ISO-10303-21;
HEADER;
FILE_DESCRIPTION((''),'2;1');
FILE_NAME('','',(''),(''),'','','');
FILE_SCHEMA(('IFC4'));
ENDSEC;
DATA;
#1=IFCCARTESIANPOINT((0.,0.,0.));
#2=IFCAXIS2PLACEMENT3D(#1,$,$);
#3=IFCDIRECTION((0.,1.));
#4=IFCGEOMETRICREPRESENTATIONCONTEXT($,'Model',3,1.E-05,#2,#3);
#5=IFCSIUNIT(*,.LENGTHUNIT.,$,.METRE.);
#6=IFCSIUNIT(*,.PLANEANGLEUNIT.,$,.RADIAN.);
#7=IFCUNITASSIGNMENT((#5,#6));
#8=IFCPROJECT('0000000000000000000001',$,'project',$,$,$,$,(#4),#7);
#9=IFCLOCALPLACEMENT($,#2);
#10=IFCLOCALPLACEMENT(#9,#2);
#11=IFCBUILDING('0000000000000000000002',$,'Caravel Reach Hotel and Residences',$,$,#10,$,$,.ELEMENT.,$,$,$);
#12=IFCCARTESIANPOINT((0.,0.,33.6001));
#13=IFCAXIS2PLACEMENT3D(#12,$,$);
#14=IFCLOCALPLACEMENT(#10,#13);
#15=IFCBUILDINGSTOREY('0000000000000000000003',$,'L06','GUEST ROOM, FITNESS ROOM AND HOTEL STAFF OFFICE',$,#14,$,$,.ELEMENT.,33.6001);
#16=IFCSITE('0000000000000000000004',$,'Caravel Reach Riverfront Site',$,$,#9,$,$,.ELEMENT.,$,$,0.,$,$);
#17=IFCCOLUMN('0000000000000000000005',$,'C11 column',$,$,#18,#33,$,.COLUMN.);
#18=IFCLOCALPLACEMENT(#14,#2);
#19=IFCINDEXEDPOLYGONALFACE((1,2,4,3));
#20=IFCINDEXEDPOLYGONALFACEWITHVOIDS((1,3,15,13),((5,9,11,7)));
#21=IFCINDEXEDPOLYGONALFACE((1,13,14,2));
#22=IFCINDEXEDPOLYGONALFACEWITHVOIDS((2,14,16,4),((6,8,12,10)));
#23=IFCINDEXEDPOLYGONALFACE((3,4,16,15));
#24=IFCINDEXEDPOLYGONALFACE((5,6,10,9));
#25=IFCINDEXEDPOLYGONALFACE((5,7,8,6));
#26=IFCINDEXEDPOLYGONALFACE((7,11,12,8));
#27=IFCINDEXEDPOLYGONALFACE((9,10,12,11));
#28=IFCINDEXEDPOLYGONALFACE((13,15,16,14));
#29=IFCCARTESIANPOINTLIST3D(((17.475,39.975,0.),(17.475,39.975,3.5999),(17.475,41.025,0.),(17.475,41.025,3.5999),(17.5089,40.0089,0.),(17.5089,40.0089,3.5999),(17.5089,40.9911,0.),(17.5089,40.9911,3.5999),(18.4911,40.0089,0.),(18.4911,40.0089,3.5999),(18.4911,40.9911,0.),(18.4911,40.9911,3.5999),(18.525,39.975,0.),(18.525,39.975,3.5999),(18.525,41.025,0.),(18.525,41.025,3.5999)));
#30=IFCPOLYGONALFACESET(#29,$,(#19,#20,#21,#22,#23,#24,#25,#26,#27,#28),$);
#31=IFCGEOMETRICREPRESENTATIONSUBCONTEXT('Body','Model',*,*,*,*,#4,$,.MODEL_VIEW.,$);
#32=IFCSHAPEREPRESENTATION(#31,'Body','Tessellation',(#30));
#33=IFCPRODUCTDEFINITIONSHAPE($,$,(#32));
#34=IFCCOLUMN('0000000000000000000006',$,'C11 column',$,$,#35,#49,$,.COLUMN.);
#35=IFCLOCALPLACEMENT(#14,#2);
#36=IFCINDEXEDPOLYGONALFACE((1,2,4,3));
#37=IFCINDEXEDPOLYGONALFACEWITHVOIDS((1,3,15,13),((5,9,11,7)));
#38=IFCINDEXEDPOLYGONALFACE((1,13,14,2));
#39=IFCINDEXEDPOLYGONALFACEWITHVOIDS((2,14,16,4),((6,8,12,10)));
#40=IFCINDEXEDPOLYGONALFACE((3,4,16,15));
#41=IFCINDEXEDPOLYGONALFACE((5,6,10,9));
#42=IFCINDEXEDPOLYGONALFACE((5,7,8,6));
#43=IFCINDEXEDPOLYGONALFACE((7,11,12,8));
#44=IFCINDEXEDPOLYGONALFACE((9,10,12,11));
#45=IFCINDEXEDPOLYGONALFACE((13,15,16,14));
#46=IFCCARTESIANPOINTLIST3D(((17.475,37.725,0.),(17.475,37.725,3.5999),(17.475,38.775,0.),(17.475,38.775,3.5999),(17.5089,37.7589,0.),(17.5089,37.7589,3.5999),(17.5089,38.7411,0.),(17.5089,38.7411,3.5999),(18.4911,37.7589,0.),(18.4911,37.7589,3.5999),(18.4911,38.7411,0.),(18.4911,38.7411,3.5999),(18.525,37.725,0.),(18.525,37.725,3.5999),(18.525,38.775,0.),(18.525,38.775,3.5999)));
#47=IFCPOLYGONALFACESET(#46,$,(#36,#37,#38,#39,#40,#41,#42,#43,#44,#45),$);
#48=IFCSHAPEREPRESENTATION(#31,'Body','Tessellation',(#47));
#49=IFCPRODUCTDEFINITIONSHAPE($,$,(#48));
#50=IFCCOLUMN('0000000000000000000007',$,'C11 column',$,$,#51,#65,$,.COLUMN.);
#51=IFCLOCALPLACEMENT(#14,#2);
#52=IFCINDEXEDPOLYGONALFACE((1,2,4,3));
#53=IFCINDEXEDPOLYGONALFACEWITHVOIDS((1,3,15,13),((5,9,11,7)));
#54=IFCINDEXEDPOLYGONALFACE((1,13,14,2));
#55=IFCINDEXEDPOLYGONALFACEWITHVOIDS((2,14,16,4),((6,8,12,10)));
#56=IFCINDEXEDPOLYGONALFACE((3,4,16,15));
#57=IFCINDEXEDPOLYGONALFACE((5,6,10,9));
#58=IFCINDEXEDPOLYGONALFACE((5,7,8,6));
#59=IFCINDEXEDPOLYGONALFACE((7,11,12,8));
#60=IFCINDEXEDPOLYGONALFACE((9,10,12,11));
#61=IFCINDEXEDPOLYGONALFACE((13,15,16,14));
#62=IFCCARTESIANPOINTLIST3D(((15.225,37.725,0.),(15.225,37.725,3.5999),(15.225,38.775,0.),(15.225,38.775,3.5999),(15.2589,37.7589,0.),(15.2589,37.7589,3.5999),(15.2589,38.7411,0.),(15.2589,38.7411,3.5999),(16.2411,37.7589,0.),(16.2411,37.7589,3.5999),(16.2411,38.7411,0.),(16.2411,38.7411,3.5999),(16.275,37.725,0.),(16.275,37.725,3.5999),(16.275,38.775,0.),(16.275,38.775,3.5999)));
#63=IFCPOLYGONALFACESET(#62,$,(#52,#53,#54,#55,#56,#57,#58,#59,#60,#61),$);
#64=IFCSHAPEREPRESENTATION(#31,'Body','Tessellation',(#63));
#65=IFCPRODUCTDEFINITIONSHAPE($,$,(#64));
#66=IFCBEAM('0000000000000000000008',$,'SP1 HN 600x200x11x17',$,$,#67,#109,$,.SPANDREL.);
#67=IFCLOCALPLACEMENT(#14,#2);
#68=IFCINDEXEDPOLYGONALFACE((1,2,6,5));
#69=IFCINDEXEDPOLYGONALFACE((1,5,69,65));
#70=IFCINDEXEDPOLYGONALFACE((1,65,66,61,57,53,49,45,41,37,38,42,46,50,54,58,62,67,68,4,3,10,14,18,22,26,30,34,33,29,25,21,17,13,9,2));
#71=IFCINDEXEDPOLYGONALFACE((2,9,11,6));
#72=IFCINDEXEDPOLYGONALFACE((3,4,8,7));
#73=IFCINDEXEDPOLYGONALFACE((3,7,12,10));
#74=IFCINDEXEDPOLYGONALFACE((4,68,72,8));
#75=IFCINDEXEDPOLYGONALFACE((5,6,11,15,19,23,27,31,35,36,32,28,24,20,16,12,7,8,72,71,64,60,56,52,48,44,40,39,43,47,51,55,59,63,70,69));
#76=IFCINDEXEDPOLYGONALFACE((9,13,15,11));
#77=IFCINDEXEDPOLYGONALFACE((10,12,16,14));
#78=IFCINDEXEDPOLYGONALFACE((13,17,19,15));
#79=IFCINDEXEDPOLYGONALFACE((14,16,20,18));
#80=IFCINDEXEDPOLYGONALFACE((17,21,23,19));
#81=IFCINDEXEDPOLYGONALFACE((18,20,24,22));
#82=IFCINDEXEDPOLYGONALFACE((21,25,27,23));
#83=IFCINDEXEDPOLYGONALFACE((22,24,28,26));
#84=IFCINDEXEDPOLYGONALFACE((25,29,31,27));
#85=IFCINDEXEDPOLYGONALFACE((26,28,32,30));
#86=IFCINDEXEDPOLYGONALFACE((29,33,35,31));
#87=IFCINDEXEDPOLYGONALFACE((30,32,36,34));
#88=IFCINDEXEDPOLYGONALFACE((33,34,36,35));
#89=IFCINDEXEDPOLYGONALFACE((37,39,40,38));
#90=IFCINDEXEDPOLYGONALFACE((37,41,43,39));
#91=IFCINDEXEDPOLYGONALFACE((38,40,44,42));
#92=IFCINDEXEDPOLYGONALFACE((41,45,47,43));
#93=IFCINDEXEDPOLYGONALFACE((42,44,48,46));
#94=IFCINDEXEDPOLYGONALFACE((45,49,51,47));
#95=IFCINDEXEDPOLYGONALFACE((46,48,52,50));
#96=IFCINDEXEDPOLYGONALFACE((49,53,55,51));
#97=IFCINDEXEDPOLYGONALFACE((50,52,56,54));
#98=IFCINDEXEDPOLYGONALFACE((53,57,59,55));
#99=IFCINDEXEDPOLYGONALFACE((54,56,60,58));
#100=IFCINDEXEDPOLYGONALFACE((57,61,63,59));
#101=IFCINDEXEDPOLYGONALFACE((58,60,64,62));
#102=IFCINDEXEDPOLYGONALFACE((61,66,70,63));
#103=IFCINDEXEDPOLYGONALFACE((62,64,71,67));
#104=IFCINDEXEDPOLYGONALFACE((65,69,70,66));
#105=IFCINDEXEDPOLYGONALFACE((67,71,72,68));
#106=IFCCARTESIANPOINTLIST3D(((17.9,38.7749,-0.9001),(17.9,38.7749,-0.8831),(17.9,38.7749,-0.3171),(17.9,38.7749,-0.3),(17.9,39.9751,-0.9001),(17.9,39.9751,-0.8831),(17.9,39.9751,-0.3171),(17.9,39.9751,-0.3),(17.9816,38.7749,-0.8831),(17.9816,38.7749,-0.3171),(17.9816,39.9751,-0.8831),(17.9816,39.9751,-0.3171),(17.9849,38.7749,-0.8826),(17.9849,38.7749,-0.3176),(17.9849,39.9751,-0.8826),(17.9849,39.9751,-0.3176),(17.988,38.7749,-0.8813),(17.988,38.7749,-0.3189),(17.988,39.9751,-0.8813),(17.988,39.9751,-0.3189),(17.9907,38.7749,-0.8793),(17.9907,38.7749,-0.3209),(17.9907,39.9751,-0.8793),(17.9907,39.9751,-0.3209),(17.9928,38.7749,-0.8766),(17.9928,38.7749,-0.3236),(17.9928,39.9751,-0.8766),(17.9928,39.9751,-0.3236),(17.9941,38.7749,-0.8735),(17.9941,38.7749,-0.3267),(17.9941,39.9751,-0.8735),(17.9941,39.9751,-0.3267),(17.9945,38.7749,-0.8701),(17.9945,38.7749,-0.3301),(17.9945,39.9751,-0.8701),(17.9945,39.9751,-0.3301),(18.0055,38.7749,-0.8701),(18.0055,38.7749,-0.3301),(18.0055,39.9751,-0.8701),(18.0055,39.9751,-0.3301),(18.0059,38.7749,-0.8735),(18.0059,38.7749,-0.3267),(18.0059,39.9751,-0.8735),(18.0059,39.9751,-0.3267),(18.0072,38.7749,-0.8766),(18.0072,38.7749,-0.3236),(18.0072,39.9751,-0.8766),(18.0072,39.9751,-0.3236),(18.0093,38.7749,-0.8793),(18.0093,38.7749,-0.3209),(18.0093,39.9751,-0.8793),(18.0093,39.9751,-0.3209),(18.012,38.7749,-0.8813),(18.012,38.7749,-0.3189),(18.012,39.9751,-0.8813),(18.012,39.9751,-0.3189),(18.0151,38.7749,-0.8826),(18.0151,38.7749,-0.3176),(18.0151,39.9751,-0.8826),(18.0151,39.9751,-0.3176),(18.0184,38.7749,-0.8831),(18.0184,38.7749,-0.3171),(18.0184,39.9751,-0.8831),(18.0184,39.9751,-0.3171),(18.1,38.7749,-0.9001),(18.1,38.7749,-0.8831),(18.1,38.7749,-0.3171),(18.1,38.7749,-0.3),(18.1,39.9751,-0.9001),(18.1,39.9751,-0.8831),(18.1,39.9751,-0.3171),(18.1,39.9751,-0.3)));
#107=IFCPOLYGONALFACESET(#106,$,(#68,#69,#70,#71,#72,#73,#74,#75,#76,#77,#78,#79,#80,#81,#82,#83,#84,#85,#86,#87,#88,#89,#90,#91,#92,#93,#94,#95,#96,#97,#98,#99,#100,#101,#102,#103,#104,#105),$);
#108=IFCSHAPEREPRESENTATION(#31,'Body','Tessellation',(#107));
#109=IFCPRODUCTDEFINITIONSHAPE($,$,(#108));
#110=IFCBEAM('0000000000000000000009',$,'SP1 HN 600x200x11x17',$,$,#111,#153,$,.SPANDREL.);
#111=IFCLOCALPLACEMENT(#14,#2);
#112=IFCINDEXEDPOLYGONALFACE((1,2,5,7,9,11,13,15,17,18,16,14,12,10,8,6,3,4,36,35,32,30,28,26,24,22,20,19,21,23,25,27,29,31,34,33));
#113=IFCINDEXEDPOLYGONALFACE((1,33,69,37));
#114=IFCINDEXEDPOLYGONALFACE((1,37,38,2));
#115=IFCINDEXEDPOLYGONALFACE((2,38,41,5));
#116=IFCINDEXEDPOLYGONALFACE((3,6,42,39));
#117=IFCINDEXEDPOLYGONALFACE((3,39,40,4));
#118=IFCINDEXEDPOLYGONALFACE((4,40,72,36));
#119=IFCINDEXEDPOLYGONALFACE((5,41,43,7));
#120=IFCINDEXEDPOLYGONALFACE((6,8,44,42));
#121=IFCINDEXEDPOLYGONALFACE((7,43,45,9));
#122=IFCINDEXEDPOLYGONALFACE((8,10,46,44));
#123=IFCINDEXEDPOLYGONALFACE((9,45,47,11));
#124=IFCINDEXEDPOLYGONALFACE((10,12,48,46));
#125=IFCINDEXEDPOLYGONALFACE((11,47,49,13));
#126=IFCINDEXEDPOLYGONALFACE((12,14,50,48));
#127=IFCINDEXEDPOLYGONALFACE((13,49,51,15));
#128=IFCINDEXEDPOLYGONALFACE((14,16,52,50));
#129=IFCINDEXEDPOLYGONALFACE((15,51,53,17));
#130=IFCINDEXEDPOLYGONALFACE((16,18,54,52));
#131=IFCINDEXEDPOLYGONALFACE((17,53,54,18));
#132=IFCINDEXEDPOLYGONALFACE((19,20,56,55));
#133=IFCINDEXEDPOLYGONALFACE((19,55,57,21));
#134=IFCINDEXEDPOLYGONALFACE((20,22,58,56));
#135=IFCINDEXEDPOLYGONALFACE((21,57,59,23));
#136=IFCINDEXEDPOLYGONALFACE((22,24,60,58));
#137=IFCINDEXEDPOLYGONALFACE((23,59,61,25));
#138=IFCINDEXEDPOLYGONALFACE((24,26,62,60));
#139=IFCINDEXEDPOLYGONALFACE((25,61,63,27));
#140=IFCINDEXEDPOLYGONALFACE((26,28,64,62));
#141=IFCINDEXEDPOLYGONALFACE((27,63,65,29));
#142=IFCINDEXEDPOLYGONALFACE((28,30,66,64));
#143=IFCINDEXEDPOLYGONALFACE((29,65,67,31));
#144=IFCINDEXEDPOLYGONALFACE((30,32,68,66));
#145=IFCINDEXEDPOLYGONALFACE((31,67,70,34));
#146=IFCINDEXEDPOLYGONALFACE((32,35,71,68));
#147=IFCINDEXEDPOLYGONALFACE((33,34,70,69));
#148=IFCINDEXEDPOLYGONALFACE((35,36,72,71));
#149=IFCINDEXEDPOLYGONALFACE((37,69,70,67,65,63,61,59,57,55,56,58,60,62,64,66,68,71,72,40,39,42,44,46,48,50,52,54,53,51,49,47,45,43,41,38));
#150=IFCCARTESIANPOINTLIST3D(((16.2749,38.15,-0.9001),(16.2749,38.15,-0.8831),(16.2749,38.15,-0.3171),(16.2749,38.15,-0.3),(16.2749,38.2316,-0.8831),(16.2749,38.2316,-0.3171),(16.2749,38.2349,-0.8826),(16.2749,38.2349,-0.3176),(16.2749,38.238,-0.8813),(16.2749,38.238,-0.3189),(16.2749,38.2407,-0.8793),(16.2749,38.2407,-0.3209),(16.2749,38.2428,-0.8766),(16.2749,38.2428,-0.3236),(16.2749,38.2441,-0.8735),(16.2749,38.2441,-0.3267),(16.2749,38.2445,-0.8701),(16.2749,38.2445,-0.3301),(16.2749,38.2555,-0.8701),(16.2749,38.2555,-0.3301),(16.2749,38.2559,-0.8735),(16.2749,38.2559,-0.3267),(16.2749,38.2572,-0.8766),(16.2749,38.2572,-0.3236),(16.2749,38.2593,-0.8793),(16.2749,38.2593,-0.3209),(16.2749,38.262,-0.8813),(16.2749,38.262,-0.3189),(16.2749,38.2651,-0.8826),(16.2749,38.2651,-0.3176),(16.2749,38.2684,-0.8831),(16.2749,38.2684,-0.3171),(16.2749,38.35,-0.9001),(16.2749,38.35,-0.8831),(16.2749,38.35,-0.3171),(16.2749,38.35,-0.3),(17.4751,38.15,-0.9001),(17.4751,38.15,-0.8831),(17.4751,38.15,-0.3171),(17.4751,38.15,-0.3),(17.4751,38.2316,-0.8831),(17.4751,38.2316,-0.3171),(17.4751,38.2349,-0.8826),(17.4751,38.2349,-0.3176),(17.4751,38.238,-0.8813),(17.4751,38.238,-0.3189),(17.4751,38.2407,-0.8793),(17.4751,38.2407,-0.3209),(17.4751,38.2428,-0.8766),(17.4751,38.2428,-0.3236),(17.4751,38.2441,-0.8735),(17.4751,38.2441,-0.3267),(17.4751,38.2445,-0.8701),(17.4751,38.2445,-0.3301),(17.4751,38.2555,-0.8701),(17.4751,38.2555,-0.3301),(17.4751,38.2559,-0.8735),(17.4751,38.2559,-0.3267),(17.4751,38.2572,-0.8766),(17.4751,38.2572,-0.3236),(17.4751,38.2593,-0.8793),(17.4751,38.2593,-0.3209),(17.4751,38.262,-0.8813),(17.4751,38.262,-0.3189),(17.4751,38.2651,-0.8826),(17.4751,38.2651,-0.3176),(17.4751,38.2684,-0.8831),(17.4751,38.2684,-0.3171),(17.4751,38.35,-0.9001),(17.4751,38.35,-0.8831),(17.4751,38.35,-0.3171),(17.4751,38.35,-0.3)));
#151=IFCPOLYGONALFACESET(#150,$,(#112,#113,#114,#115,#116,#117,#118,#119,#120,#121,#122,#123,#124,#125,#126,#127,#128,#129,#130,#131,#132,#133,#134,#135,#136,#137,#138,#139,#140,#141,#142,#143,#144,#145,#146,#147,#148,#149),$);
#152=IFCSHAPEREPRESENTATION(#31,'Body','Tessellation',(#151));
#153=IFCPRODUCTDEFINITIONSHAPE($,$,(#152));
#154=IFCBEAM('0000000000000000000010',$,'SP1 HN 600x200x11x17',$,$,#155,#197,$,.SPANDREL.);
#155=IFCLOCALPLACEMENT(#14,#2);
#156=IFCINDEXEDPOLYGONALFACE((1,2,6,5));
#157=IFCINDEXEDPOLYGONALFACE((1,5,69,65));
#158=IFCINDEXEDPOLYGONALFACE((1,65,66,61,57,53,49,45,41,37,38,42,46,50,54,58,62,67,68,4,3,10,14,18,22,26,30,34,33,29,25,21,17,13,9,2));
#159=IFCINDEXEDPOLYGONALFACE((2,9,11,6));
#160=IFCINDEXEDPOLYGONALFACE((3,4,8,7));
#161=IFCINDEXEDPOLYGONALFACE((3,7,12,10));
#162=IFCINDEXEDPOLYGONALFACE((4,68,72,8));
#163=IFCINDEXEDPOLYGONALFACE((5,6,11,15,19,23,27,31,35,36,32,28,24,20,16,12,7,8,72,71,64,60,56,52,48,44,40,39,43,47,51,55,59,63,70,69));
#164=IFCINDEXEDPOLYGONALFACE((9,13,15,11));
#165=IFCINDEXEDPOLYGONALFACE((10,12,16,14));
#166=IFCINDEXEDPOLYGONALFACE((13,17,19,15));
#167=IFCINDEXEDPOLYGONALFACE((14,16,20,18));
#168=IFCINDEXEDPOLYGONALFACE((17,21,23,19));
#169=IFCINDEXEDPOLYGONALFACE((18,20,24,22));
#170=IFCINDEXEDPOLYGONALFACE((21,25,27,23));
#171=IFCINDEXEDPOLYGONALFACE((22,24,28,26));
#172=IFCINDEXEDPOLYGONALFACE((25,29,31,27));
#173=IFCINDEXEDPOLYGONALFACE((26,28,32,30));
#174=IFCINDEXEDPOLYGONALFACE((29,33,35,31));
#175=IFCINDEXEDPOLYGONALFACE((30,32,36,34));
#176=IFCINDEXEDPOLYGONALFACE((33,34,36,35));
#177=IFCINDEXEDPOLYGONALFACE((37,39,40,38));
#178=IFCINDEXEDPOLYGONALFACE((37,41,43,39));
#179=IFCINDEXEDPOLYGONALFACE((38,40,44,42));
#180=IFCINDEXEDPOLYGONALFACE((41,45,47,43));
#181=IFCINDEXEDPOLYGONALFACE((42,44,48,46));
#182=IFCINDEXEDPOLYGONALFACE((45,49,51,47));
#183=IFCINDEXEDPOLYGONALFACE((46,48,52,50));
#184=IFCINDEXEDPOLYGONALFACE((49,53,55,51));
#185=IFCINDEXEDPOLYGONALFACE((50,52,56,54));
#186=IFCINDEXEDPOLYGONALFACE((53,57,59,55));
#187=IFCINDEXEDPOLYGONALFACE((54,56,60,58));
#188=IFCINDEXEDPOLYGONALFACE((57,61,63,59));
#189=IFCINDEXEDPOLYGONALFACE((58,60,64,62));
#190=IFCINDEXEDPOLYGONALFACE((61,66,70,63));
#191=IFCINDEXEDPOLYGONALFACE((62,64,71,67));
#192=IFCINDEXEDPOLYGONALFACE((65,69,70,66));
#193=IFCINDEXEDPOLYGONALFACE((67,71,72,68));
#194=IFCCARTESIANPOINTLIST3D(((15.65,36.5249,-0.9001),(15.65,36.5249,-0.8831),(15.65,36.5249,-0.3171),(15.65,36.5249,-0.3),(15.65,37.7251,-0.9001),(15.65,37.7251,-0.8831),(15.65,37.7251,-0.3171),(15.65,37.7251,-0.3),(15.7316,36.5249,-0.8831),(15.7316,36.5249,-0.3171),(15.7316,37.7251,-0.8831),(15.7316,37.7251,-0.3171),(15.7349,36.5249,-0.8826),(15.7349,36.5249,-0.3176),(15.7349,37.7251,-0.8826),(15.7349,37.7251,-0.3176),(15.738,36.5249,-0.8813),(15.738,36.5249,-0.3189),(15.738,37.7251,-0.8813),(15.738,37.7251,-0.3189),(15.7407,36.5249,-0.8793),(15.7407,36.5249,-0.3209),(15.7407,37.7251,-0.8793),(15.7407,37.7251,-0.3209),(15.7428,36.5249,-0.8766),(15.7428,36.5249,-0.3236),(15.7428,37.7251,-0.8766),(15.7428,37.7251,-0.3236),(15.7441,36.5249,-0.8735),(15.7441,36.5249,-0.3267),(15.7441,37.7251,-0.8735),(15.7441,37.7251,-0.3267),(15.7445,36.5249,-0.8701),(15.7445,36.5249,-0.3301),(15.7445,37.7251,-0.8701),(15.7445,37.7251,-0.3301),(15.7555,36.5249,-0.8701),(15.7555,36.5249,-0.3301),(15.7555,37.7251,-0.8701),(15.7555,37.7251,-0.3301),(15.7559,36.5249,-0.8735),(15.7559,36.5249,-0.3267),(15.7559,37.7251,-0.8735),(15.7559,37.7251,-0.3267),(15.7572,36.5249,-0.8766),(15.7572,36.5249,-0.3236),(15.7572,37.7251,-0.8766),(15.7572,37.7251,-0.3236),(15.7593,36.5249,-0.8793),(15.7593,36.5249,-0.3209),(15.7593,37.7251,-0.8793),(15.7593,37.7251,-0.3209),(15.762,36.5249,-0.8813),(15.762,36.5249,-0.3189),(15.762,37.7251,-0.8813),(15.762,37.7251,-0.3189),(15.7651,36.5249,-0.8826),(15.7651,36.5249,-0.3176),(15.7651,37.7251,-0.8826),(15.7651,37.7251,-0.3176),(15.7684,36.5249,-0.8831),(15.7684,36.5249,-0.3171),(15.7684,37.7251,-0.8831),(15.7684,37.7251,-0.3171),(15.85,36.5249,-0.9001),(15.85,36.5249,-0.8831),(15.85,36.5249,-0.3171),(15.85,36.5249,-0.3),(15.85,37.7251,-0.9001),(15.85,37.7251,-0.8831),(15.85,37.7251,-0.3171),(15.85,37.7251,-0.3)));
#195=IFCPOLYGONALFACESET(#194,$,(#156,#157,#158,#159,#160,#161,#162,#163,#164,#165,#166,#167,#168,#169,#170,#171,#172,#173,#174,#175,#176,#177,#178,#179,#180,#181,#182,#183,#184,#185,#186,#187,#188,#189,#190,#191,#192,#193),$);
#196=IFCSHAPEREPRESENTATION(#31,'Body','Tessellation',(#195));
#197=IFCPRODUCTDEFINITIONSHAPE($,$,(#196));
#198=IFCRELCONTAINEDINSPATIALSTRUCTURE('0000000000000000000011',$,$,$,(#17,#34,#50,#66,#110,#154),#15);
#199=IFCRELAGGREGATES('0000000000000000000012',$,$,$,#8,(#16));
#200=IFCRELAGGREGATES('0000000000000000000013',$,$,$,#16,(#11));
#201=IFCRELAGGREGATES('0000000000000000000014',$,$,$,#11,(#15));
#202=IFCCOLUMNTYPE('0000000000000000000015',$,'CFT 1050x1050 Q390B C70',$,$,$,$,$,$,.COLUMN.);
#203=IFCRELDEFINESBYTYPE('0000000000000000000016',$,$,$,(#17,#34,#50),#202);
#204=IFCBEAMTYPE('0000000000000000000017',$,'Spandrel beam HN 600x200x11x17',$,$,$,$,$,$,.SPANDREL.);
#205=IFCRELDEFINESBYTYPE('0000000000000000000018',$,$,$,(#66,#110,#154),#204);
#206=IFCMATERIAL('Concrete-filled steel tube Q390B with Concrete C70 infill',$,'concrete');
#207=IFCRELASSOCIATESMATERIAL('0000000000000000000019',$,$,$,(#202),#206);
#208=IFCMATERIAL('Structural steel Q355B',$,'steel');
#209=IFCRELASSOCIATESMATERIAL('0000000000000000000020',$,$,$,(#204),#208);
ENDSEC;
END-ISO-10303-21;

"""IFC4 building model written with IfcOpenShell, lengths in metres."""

from ifc_helpers import new_model, si_unit, direction, frame, origin, origin_2d, place, context, subcontext, project, spatial, hollow_rectangle, i_section, extrude, material, material_profile, profile_set, type_object, element, save


model = new_model("IFC4")

# Units and contexts
model_context = context("Model", 3, precision=1e-05, world=origin(), true_north=direction((0.0, 1.0)))
body_context = subcontext(model_context, "Body", "Model", "MODEL_VIEW")
ifc_project = project(units=[si_unit("LENGTHUNIT", "METRE"), si_unit("PLANEANGLEUNIT", "RADIAN")], contexts=[model_context])

# Site, building, storey
site_placement = place(None, origin())
site = spatial("IfcSite", under=ifc_project, at=site_placement, Name="Caravel Reach Riverfront Site", CompositionType="ELEMENT", RefElevation=0.0)
building_placement = place(site_placement, origin())
building = spatial("IfcBuilding", under=site, at=building_placement, Name="Caravel Reach Hotel and Residences", CompositionType="ELEMENT")
storey_placement = place(building_placement, frame((0.0, 0.0, 33.6001)))
storey = spatial("IfcBuildingStorey", under=building, at=storey_placement, Name="L06", Description="GUEST ROOM, FITNESS ROOM AND HOTEL STAFF OFFICE", CompositionType="ELEMENT", Elevation=33.6001)

# Columns
ifc_material_1 = material(Name="Concrete-filled steel tube Q390B with Concrete C70 infill", Category="concrete")
ifc_material_profile_1 = material_profile(ifc_material_1, hollow_rectangle(XDim=1.05, YDim=1.05, WallThickness=0.0339, at=origin_2d()), Name="RHS 1050x1050x34")
ifc_profile_set_1 = profile_set([ifc_material_profile_1], Name="Concrete-filled steel tube Q390B with Concrete C70 infill")
column_type = type_object("IfcColumnType", Name="CFT 1050x1050 Q390B C70", PredefinedType="COLUMN", material=ifc_profile_set_1)
for number, where, z_axis, x_axis, name in (
    (1, (18.0, 40.5, 0.0), (0.0, 0.0, 1.0), (1.0, 0.0, 0.0), "C11 column"),
    (2, (18.0, 38.25, 0.0), (0.0, 0.0, 1.0), (1.0, 0.0, 0.0), "C11 column"),
    (3, (15.75, 38.25, 0.0), (0.0, 0.0, 1.0), (1.0, 0.0, 0.0), "C11 column"),
):
    element("IfcColumn", number, at=place(storey_placement, frame(where, z_axis=z_axis, x_axis=x_axis)), inside=storey, type_object=column_type, Name=name, PredefinedType="COLUMN", context=body_context, shape_type="SweptSolid", body=[
        extrude(hollow_rectangle(XDim=1.05, YDim=1.05, WallThickness=0.0339, at=origin_2d()), origin(), (0.0, 0.0, 1.0), 3.5999),
    ])

# Beams
ifc_material_2 = material(Name="Structural steel Q355B", Category="steel")
ifc_material_profile_2 = material_profile(ifc_material_2, i_section(OverallWidth=0.2, OverallDepth=0.6001, WebThickness=0.011, FlangeThickness=0.0171, FilletRadius=0.0129, at=origin_2d()), Name="HN 600x200x11x17")
ifc_profile_set_2 = profile_set([ifc_material_profile_2], Name="Structural steel Q355B")
beam_type = type_object("IfcBeamType", Name="Spandrel beam HN 600x200x11x17", PredefinedType="SPANDREL", material=ifc_profile_set_2)
for number, where, z_axis, x_axis, name in (
    (4, (18.0, 39.9751, -0.6001), (0.0, -1.0, 0.0), (1.0, 0.0, 0.0), "SP1 HN 600x200x11x17"),
    (5, (17.4751, 38.25, -0.6001), (-1.0, 0.0, 0.0), (0.0, -1.0, 0.0), "SP1 HN 600x200x11x17"),
    (6, (15.75, 37.7251, -0.6001), (0.0, -1.0, 0.0), (1.0, 0.0, 0.0), "SP1 HN 600x200x11x17"),
):
    element("IfcBeam", number, at=place(storey_placement, frame(where, z_axis=z_axis, x_axis=x_axis)), inside=storey, type_object=beam_type, Name=name, PredefinedType="SPANDREL", context=body_context, shape_type="SweptSolid", body=[
        extrude(i_section(OverallWidth=0.2, OverallDepth=0.6001, WebThickness=0.011, FlangeThickness=0.0171, FilletRadius=0.0129, at=origin_2d()), origin(), (0.0, 0.0, 1.0), 1.2002),
    ])

save(model, "model.ifc")
